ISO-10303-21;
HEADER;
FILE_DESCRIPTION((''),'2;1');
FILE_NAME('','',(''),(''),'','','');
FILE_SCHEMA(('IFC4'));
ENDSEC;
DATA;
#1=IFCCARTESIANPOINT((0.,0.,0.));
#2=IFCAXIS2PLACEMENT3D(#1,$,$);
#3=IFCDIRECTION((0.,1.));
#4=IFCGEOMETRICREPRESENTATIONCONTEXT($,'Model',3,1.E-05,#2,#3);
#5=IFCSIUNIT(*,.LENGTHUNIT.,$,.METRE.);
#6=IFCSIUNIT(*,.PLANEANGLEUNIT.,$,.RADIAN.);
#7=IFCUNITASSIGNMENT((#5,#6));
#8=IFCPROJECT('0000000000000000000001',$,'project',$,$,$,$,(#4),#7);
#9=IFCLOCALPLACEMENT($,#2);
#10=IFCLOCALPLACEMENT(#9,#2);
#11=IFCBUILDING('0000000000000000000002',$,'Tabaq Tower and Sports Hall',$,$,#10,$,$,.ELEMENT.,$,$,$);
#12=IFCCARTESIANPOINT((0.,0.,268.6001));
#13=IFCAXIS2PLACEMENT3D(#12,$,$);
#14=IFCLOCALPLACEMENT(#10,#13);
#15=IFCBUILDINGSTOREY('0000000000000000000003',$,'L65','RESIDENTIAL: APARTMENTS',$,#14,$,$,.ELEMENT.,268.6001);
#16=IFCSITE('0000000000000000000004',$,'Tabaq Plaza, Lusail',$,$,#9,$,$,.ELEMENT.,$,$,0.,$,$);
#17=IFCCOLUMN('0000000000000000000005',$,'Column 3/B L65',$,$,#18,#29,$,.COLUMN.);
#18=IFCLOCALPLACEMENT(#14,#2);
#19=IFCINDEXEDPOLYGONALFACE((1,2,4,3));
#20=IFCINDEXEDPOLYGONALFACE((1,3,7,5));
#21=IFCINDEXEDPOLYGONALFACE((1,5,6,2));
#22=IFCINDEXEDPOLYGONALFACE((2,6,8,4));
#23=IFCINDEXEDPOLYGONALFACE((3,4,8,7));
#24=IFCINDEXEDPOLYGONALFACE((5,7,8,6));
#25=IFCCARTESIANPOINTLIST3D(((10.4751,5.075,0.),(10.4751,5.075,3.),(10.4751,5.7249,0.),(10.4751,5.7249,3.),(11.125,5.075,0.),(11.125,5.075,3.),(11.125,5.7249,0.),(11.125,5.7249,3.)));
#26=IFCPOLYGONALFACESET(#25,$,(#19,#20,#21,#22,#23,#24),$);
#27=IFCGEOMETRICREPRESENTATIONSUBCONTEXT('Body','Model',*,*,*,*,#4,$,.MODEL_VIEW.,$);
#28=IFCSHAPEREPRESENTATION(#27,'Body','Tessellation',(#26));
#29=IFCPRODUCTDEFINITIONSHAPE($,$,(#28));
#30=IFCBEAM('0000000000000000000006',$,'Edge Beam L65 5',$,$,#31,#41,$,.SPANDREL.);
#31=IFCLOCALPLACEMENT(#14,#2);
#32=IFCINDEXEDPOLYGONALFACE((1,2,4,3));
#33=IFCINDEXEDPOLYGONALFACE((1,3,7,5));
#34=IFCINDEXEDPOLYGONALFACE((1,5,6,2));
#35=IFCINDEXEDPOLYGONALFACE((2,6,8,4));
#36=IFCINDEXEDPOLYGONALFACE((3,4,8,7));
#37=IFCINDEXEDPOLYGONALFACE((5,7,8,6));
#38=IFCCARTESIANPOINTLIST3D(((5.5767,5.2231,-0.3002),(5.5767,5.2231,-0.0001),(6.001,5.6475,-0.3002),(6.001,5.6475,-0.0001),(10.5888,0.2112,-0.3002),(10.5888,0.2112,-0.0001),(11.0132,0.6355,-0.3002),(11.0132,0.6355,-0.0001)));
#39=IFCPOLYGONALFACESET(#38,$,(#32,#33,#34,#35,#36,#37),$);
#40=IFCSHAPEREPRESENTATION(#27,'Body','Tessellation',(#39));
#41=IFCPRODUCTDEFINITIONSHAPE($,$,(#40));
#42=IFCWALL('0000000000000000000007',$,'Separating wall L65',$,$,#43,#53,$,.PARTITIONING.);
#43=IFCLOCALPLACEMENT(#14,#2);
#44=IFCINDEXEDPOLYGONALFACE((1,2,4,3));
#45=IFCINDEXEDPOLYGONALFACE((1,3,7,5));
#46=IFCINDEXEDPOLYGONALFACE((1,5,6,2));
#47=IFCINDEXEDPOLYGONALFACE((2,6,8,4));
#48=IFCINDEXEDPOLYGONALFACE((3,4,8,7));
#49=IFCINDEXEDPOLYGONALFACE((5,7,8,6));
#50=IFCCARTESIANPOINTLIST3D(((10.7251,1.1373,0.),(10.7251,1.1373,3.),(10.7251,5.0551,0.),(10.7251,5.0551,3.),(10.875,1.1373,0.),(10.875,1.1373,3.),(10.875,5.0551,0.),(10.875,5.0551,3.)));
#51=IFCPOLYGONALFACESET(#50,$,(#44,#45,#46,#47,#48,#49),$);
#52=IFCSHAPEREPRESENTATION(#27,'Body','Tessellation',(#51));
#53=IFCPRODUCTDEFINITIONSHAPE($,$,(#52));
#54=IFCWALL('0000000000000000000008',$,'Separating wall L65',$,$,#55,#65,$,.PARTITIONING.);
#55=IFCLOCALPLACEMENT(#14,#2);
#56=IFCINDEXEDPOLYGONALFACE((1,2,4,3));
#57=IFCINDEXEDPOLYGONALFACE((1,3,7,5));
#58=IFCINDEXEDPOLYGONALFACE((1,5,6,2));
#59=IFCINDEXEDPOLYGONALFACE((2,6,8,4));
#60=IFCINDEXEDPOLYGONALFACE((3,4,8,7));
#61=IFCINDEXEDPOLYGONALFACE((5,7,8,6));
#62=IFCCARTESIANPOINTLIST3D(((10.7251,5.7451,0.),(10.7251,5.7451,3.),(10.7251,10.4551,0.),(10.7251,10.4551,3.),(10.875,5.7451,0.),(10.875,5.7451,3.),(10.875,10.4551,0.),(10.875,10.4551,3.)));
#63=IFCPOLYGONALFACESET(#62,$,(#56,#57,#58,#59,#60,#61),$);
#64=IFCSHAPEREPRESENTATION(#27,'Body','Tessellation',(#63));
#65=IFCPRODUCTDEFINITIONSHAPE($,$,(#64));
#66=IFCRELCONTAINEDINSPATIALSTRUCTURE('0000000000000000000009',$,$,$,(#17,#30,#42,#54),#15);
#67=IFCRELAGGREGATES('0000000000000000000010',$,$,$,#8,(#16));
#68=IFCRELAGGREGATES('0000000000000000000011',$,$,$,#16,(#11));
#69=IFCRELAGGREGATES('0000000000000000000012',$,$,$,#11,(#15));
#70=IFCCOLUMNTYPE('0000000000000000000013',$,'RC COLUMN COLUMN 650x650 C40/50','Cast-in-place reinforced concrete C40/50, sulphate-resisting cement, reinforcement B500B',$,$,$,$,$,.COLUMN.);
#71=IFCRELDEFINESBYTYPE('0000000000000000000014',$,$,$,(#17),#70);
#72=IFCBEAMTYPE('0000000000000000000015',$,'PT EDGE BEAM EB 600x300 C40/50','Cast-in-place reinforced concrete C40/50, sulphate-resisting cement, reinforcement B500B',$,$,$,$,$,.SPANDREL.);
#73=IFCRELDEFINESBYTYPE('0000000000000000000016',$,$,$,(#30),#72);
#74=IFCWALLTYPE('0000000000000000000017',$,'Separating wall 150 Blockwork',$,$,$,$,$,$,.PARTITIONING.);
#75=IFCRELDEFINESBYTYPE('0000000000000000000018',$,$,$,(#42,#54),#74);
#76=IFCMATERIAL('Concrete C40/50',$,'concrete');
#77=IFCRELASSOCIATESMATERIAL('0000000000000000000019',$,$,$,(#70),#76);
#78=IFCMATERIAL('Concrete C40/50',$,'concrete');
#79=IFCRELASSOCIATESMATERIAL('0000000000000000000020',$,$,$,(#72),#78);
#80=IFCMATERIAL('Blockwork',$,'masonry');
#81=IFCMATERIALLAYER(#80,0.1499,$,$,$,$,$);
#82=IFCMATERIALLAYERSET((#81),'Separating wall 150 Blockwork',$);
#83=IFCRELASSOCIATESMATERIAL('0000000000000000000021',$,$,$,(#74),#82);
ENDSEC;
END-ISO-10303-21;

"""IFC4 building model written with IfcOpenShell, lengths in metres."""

from ifc_helpers import new_model, si_unit, direction, frame, frame_2d, origin, origin_2d, place, context, subcontext, project, spatial, rectangle, extrude, material, layer, layer_set, material_profile, profile_set, type_object, element, save


model = new_model("IFC4")

# Units and contexts
model_context = context("Model", 3, precision=1e-05, world=origin(), true_north=direction((0.0, 1.0)))
body_context = subcontext(model_context, "Body", "Model", "MODEL_VIEW")
ifc_project = project(units=[si_unit("LENGTHUNIT", "METRE"), si_unit("PLANEANGLEUNIT", "RADIAN")], contexts=[model_context])

# Site, building, storey
site_placement = place(None, origin())
site = spatial("IfcSite", under=ifc_project, at=site_placement, Name="Tabaq Plaza, Lusail", CompositionType="ELEMENT", RefElevation=0.0)
building_placement = place(site_placement, origin())
building = spatial("IfcBuilding", under=site, at=building_placement, Name="Tabaq Tower and Sports Hall", CompositionType="ELEMENT")
storey_placement = place(building_placement, frame((0.0, 0.0, 268.6001)))
storey = spatial("IfcBuildingStorey", under=building, at=storey_placement, Name="L65", Description="RESIDENTIAL: APARTMENTS", CompositionType="ELEMENT", Elevation=268.6001)

# Column
ifc_material_1 = material(Name="Concrete C40/50", Category="concrete")
ifc_material_profile_1 = material_profile(ifc_material_1, rectangle(XDim=0.6499, YDim=0.6499, at=origin_2d()), Name="COLUMN 650x650")
ifc_profile_set_1 = profile_set([ifc_material_profile_1], Name="Concrete C40/50")
column_type = type_object("IfcColumnType", Name="RC COLUMN COLUMN 650x650 C40/50", Description="Cast-in-place reinforced concrete C40/50, sulphate-resisting cement, reinforcement B500B", PredefinedType="COLUMN", material=ifc_profile_set_1)
column_placement = place(storey_placement, frame((10.8, 5.3999, 0.0), z_axis=(0.0, 0.0, 1.0), x_axis=(1.0, 0.0, 0.0)))
element("IfcColumn", 1, at=column_placement, inside=storey, type_object=column_type, Name="Column 3/B L65", PredefinedType="COLUMN", context=body_context, shape_type="SweptSolid", body=[
    extrude(rectangle(XDim=0.6499, YDim=0.6499, at=origin_2d()), origin(), (0.0, 0.0, 1.0), 3.0),
])

# Beam
ifc_material_2 = material(Name="Concrete C40/50", Category="concrete")
ifc_material_profile_2 = material_profile(ifc_material_2, rectangle(XDim=0.6001, YDim=0.3, at=origin_2d()), Name="EB 600x300")
ifc_profile_set_2 = profile_set([ifc_material_profile_2], Name="Concrete C40/50")
beam_type = type_object("IfcBeamType", Name="PT EDGE BEAM EB 600x300 C40/50", Description="Cast-in-place reinforced concrete C40/50, sulphate-resisting cement, reinforcement B500B", PredefinedType="SPANDREL", material=ifc_profile_set_2)
beam_placement = place(storey_placement, frame((5.7888, 5.4353, -0.1501), z_axis=(0.707124, -0.70709, 0.0), x_axis=(0.70709, 0.707124, 0.0)))
element("IfcBeam", 2, at=beam_placement, inside=storey, type_object=beam_type, Name="Edge Beam L65 5", PredefinedType="SPANDREL", context=body_context, shape_type="SweptSolid", body=[
    extrude(rectangle(XDim=0.6001, YDim=0.3, at=origin_2d()), origin(), (0.0, 0.0, 1.0), 7.0881),
])

# Walls
ifc_material_3 = material(Name="Blockwork", Category="masonry")
ifc_layer_1 = layer(ifc_material_3, 0.1499)
ifc_layer_set_1 = layer_set([ifc_layer_1], Name="Separating wall 150 Blockwork")
wall_type_1 = type_object("IfcWallType", Name="Separating wall 150 Blockwork", PredefinedType="PARTITIONING", material=ifc_layer_set_1)
wall_1_placement = place(storey_placement, frame((10.8, 1.1372, 0.0), z_axis=(0.0, 0.0, 1.0), x_axis=(0.0, 1.0, 0.0)))
element("IfcWall", 3, at=wall_1_placement, inside=storey, type_object=wall_type_1, Name="Separating wall L65", PredefinedType="PARTITIONING", context=body_context, shape_type="SweptSolid", body=[
    extrude(rectangle(XDim=3.9177, YDim=0.1499, at=frame_2d((1.959, 0.0))), origin(), (0.0, 0.0, 1.0), 3.0),
])
wall_2_placement = place(storey_placement, frame((10.8, 5.7451, 0.0), z_axis=(0.0, 0.0, 1.0), x_axis=(0.0, 1.0, 0.0)))
element("IfcWall", 4, at=wall_2_placement, inside=storey, type_object=wall_type_1, Name="Separating wall L65", PredefinedType="PARTITIONING", context=body_context, shape_type="SweptSolid", body=[
    extrude(rectangle(XDim=4.71, YDim=0.1499, at=frame_2d((2.355, 0.0))), origin(), (0.0, 0.0, 1.0), 3.0),
])

save(model, "model.ifc")
